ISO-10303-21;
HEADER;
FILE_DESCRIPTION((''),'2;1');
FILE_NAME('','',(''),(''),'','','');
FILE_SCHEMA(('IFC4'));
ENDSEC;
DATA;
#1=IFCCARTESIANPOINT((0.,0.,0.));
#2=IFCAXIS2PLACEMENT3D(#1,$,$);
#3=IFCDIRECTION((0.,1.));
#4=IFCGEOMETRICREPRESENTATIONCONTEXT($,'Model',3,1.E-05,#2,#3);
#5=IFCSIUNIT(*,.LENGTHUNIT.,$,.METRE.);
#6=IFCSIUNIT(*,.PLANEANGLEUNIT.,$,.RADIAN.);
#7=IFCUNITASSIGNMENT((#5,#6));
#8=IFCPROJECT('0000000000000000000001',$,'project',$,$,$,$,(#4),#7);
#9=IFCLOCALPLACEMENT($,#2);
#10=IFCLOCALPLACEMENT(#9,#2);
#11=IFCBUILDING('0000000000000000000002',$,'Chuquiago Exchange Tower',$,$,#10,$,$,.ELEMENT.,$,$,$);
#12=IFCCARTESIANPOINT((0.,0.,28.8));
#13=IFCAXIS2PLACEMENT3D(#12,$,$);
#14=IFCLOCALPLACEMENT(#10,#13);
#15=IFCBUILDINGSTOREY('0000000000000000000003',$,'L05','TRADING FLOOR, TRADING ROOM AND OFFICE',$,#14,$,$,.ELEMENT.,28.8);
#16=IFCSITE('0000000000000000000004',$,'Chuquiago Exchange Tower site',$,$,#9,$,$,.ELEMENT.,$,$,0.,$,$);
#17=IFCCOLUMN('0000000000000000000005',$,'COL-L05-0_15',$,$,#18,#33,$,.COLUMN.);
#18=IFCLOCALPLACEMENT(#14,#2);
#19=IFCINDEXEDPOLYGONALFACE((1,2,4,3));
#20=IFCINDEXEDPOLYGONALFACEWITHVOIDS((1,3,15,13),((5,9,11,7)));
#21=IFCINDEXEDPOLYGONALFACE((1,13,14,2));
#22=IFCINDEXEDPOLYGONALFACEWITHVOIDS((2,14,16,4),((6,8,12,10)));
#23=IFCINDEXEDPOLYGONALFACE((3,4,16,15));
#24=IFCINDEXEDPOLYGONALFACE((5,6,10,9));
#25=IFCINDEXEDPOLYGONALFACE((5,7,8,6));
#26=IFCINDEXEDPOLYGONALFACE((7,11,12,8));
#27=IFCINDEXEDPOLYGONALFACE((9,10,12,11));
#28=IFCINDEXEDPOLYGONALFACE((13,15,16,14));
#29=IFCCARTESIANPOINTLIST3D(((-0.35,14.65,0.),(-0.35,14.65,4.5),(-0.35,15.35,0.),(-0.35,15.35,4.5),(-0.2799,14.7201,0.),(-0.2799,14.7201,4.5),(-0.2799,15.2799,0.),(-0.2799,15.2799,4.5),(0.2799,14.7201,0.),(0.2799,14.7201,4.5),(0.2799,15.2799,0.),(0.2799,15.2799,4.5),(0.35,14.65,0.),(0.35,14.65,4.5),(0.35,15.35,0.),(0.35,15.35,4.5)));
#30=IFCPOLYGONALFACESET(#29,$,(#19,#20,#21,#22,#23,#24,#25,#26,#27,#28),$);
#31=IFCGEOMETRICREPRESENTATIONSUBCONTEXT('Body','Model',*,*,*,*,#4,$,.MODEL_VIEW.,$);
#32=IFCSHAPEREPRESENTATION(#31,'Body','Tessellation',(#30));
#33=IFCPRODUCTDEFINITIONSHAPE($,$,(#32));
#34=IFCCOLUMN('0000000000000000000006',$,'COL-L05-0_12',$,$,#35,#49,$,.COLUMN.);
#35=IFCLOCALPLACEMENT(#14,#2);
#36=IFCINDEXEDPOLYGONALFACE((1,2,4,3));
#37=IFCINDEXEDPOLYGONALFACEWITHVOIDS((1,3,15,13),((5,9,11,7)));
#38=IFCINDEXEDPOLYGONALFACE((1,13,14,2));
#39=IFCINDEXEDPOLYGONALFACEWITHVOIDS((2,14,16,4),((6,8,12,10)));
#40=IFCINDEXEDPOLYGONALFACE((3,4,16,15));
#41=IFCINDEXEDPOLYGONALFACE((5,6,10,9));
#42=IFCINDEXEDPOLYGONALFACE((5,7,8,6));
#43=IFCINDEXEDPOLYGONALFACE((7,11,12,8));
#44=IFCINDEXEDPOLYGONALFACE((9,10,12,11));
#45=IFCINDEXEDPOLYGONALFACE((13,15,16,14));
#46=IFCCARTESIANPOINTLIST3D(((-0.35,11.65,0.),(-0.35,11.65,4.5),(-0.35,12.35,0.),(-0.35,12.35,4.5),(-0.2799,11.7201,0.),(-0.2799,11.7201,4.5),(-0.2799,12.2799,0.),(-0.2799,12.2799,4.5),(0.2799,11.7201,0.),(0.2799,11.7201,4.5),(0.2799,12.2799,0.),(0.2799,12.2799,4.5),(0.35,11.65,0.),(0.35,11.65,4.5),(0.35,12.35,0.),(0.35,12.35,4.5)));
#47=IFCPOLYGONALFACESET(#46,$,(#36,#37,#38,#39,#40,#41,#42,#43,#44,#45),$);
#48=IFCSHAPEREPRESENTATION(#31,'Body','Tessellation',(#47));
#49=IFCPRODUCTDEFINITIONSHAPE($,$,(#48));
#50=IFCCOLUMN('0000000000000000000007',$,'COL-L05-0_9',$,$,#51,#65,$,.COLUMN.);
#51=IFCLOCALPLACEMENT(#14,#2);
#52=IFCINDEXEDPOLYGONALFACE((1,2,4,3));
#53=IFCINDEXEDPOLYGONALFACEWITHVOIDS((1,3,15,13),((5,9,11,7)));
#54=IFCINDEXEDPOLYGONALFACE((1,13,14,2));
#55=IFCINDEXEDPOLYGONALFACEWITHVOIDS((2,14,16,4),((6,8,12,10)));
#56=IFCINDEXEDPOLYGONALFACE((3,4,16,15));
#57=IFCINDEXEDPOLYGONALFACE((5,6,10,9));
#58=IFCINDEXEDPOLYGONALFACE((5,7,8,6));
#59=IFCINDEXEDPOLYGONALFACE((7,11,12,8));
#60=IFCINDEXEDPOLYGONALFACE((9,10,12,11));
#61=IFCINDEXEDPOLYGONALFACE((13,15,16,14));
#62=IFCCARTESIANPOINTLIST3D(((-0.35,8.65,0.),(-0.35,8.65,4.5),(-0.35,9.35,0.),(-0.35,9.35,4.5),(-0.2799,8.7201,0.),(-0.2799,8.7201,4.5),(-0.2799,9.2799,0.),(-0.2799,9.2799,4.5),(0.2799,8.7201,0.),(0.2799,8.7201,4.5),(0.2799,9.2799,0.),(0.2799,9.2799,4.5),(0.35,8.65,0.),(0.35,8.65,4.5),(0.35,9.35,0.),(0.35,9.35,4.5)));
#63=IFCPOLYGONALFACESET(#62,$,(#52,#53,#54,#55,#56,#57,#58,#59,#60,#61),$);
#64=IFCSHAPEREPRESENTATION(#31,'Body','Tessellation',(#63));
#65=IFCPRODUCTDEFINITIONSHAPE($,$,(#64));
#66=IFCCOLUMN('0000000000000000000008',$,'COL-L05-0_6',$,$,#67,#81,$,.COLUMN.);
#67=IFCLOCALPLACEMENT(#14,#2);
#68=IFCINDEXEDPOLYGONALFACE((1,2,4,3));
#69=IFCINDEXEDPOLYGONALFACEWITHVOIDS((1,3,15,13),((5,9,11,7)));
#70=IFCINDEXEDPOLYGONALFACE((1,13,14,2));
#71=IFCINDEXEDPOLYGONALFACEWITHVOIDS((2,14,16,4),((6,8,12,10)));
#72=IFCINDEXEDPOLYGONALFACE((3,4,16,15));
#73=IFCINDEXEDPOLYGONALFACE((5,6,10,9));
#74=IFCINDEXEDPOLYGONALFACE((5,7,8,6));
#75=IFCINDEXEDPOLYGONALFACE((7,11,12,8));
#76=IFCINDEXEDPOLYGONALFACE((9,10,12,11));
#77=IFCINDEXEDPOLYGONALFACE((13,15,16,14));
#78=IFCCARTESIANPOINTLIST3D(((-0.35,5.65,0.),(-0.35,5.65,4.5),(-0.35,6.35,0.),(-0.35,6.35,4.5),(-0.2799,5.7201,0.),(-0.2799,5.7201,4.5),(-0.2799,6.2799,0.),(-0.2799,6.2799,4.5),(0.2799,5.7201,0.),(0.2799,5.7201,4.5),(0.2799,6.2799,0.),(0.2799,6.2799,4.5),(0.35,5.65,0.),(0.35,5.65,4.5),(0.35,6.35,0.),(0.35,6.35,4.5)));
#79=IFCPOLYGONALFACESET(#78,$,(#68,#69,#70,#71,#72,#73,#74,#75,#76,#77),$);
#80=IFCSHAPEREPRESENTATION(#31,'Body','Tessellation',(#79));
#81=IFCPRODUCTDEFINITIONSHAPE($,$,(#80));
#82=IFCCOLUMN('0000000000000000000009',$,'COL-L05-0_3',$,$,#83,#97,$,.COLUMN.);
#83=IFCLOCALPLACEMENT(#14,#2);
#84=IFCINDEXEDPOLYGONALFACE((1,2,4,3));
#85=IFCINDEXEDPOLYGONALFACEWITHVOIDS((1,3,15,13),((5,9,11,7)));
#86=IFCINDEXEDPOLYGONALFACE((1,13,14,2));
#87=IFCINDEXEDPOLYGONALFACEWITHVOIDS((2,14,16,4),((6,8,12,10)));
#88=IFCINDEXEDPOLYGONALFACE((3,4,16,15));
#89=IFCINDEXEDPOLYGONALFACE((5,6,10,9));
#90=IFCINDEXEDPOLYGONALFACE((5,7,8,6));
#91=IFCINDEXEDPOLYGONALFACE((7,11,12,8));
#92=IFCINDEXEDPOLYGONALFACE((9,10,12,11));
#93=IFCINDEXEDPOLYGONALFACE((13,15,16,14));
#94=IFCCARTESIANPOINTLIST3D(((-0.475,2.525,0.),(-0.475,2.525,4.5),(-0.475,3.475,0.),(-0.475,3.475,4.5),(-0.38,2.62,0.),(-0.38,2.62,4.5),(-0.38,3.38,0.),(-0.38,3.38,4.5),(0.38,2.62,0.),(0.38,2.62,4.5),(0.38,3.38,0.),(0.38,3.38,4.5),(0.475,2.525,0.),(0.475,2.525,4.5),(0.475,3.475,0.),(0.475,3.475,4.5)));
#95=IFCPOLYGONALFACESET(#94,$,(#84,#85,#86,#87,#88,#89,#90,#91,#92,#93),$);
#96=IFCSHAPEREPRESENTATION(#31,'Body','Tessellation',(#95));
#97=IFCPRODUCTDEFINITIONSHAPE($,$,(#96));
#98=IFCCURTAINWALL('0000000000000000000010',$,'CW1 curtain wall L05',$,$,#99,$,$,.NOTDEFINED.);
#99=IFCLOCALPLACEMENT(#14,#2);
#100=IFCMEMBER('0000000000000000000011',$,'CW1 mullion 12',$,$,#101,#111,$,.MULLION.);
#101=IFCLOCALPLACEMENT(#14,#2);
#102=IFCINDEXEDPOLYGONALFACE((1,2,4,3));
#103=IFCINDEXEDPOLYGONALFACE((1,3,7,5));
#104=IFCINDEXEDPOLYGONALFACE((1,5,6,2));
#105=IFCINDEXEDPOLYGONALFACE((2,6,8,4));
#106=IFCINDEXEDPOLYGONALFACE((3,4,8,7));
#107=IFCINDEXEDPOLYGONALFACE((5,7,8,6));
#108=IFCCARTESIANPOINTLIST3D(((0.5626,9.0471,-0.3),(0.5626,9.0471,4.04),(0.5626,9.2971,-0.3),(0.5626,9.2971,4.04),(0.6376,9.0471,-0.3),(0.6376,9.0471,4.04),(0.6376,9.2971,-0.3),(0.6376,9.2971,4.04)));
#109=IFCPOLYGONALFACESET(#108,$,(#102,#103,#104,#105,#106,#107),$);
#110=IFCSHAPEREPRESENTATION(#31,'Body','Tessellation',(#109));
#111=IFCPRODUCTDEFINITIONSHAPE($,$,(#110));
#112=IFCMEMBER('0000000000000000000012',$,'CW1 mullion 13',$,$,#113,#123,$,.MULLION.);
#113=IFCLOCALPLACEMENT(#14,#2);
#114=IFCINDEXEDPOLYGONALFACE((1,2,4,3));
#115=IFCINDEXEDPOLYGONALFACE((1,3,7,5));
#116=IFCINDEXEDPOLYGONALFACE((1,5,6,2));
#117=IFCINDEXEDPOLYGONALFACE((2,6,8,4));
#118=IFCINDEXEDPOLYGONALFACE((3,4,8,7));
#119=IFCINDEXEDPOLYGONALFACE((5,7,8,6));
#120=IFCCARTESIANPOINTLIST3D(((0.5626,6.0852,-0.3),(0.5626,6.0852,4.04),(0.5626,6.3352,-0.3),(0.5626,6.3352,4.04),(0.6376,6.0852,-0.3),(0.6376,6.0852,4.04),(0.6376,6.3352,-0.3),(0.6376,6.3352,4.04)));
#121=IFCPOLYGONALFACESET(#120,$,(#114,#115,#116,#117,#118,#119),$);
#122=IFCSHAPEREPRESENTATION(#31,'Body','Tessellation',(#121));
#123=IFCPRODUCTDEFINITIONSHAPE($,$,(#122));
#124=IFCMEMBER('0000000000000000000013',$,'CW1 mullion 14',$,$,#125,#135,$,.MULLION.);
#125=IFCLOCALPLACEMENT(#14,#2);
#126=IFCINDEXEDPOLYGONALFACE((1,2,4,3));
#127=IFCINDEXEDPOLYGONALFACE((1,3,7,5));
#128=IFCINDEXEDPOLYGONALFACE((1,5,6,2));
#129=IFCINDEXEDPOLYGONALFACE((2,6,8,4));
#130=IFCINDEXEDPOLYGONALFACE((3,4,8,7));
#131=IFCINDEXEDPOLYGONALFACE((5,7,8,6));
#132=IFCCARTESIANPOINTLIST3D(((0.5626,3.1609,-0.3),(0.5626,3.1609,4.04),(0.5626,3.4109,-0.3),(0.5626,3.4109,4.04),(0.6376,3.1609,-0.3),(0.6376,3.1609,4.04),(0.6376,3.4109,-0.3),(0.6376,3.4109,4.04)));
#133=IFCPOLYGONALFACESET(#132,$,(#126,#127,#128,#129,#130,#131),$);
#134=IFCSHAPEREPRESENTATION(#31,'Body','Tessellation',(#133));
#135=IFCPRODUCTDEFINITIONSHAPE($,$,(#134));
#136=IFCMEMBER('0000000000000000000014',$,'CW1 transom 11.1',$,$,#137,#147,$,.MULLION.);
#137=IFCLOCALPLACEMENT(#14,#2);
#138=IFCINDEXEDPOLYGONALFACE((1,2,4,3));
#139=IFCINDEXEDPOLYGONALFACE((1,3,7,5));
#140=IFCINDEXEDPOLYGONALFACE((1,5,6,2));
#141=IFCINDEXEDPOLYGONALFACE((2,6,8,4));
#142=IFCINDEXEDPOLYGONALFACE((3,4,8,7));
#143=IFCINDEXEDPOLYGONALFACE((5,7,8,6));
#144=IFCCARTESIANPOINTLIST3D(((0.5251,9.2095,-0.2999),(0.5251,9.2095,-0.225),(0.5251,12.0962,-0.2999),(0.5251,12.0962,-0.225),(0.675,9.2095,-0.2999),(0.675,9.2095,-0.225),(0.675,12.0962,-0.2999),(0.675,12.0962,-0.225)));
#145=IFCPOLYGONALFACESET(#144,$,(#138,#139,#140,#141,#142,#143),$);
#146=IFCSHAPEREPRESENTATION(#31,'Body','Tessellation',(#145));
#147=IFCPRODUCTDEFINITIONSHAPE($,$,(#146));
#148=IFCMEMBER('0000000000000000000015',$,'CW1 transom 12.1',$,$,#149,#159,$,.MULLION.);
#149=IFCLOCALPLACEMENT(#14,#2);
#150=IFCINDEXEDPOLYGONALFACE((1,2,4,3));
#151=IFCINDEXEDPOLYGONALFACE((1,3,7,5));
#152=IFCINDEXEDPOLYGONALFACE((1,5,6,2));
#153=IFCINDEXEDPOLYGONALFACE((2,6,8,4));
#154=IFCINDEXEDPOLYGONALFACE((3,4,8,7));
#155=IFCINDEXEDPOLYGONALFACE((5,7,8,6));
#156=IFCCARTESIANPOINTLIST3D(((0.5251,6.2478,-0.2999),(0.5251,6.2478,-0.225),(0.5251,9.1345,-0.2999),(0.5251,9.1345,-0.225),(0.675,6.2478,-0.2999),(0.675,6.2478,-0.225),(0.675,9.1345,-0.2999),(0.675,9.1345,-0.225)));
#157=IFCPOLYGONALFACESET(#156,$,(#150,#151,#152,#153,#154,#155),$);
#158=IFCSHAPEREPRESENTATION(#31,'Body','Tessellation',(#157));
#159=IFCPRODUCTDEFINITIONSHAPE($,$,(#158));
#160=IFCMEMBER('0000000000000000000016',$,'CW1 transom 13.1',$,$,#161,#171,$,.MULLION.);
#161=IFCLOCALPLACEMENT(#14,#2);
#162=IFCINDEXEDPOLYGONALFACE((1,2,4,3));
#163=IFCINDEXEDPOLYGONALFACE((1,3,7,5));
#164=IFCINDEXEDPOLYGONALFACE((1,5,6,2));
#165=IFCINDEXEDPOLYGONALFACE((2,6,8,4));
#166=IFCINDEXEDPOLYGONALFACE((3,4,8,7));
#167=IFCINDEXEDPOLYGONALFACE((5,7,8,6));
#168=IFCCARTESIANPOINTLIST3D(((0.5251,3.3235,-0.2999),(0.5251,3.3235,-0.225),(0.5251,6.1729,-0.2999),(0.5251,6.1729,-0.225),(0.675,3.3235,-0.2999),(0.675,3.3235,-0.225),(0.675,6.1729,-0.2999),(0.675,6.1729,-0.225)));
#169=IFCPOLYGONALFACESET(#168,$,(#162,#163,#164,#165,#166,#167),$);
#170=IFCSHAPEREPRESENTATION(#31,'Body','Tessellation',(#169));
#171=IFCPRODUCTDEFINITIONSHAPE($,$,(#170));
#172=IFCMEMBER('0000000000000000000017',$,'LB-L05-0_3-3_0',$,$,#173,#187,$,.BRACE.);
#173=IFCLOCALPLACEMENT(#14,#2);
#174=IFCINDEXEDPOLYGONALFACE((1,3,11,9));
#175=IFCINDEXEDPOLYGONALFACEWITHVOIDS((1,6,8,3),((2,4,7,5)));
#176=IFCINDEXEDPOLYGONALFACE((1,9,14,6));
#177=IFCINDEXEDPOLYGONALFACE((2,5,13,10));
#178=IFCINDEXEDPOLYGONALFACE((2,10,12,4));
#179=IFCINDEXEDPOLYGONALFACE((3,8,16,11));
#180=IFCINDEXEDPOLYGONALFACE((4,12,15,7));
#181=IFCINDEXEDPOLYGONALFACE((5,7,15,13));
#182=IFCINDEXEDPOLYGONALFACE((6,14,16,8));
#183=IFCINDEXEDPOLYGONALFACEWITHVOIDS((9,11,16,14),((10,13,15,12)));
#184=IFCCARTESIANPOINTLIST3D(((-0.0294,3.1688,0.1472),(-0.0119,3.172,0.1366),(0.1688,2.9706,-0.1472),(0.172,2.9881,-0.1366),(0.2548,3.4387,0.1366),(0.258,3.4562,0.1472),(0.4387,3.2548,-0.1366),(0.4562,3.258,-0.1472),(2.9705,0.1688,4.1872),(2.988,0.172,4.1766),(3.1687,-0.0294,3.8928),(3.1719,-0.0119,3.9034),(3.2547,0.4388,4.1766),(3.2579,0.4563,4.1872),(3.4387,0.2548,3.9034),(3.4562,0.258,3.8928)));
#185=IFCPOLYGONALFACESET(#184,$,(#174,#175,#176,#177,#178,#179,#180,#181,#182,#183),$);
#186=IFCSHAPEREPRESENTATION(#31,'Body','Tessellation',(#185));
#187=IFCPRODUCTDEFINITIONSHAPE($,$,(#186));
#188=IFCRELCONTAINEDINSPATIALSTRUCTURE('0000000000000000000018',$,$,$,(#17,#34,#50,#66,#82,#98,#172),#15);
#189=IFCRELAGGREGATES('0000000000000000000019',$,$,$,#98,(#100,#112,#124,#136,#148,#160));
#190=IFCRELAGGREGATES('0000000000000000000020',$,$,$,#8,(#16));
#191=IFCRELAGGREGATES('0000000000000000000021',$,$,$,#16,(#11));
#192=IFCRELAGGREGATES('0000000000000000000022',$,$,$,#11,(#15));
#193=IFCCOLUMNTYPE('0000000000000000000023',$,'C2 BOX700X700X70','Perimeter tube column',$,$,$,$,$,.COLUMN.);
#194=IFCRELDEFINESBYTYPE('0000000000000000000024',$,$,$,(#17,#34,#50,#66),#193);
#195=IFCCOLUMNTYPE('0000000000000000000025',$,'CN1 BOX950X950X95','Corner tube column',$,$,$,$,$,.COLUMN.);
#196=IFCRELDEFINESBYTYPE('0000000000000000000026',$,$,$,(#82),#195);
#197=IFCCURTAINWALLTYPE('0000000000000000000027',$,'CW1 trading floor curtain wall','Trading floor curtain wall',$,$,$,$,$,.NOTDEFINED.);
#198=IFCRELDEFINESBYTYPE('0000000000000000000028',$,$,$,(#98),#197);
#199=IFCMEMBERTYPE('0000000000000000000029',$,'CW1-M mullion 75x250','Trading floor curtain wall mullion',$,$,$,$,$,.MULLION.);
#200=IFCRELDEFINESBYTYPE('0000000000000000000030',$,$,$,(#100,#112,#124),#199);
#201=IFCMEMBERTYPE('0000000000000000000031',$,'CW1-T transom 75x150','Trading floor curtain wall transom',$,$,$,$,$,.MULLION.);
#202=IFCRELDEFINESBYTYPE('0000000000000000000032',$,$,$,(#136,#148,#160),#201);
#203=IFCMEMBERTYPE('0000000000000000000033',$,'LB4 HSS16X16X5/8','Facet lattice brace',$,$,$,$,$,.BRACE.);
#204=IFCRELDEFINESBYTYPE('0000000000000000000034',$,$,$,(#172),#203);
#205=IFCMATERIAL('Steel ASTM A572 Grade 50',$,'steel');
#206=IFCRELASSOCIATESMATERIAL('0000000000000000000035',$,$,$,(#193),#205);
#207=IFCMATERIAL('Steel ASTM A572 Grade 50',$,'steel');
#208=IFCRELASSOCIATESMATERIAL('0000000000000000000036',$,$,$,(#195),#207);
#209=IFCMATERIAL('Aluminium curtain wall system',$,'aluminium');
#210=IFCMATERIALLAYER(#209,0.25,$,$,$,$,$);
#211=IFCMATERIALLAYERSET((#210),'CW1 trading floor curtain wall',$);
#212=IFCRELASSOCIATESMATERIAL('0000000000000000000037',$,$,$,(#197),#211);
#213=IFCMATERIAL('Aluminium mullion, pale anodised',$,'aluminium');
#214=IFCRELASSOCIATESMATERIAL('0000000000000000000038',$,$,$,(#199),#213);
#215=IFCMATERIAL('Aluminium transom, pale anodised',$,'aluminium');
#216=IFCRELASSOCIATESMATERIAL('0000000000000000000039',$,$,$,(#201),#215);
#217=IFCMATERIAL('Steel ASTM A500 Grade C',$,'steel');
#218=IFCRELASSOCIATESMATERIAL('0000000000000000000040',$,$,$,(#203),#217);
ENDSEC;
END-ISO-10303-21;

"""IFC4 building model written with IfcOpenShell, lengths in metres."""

from ifc_helpers import new_model, si_unit, direction, frame, origin, origin_2d, place, context, subcontext, project, spatial, rectangle, hollow_rectangle, extrude, material, layer, layer_set, material_profile, profile_set, type_object, element, aggregate, save


model = new_model("IFC4")

# Units and contexts
model_context = context("Model", 3, precision=1e-05, world=origin(), true_north=direction((0.0, 1.0)))
body_context = subcontext(model_context, "Body", "Model", "MODEL_VIEW")
ifc_project = project(units=[si_unit("LENGTHUNIT", "METRE"), si_unit("PLANEANGLEUNIT", "RADIAN")], contexts=[model_context])

# Site, building, storey
site_placement = place(None, origin())
site = spatial("IfcSite", under=ifc_project, at=site_placement, Name="Chuquiago Exchange Tower site", CompositionType="ELEMENT", RefElevation=0.0)
building_placement = place(site_placement, origin())
building = spatial("IfcBuilding", under=site, at=building_placement, Name="Chuquiago Exchange Tower", CompositionType="ELEMENT")
storey_placement = place(building_placement, frame((0.0, 0.0, 28.8)))
storey = spatial("IfcBuildingStorey", under=building, at=storey_placement, Name="L05", Description="TRADING FLOOR, TRADING ROOM AND OFFICE", CompositionType="ELEMENT", Elevation=28.8)

# Columns
ifc_material_1 = material(Name="Steel ASTM A572 Grade 50", Category="steel")
ifc_material_profile_1 = material_profile(ifc_material_1, hollow_rectangle(XDim=0.7, YDim=0.7, WallThickness=0.0701, at=origin_2d()), Name="BOX700X700X70")
ifc_profile_set_1 = profile_set([ifc_material_profile_1], Name="Steel ASTM A572 Grade 50")
column_type_1 = type_object("IfcColumnType", Name="C2 BOX700X700X70", Description="Perimeter tube column", PredefinedType="COLUMN", material=ifc_profile_set_1)
for number, where, z_axis, x_axis, name in (
    (1, (0.0, 15.0, 0.0), (0.0, 0.0, 1.0), (-1.0, 0.0, 0.0), "COL-L05-0_15"),
    (2, (0.0, 12.0, 0.0), (0.0, 0.0, 1.0), (-1.0, 0.0, 0.0), "COL-L05-0_12"),
    (3, (0.0, 9.0, 0.0), (0.0, 0.0, 1.0), (-1.0, 0.0, 0.0), "COL-L05-0_9"),
    (4, (0.0, 6.0, 0.0), (0.0, 0.0, 1.0), (-1.0, 0.0, 0.0), "COL-L05-0_6"),
):
    element("IfcColumn", number, at=place(storey_placement, frame(where, z_axis=z_axis, x_axis=x_axis)), inside=storey, type_object=column_type_1, Name=name, PredefinedType="COLUMN", context=body_context, shape_type="SweptSolid", body=[
        extrude(hollow_rectangle(XDim=0.7, YDim=0.7, WallThickness=0.0701, at=origin_2d()), origin(), (0.0, 0.0, 1.0), 4.5),
    ])
ifc_material_2 = material(Name="Steel ASTM A572 Grade 50", Category="steel")
ifc_material_profile_2 = material_profile(ifc_material_2, hollow_rectangle(XDim=0.95, YDim=0.95, WallThickness=0.095, at=origin_2d()), Name="BOX950X950X95")
ifc_profile_set_2 = profile_set([ifc_material_profile_2], Name="Steel ASTM A572 Grade 50")
column_type_2 = type_object("IfcColumnType", Name="CN1 BOX950X950X95", Description="Corner tube column", PredefinedType="COLUMN", material=ifc_profile_set_2)
column_placement = place(storey_placement, frame((0.0, 3.0, 0.0), z_axis=(0.0, 0.0, 1.0), x_axis=(-1.0, 0.0, 0.0)))
element("IfcColumn", 5, at=column_placement, inside=storey, type_object=column_type_2, Name="COL-L05-0_3", PredefinedType="COLUMN", context=body_context, shape_type="SweptSolid", body=[
    extrude(hollow_rectangle(XDim=0.95, YDim=0.95, WallThickness=0.095, at=origin_2d()), origin(), (0.0, 0.0, 1.0), 4.5),
])

# Curtain wall, members
ifc_material_3 = material(Name="Aluminium curtain wall system", Category="aluminium")
ifc_layer_1 = layer(ifc_material_3, 0.25)
ifc_layer_set_1 = layer_set([ifc_layer_1], Name="CW1 trading floor curtain wall")
curtain_wall_type = type_object("IfcCurtainWallType", Name="CW1 trading floor curtain wall", Description="Trading floor curtain wall", PredefinedType="NOTDEFINED", material=ifc_layer_set_1)
curtain_wall_placement = place(storey_placement, origin())
curtain_wall = element("IfcCurtainWall", 6, at=curtain_wall_placement, inside=storey, type_object=curtain_wall_type, Name="CW1 curtain wall L05", PredefinedType="NOTDEFINED")
ifc_material_4 = material(Name="Aluminium mullion, pale anodised", Category="aluminium")
ifc_material_profile_3 = material_profile(ifc_material_4, rectangle(XDim=0.075, YDim=0.25, at=origin_2d()), Name="AL 75x250")
ifc_profile_set_3 = profile_set([ifc_material_profile_3], Name="Aluminium mullion, pale anodised")
member_type_1 = type_object("IfcMemberType", Name="CW1-M mullion 75x250", Description="Trading floor curtain wall mullion", PredefinedType="MULLION", material=ifc_profile_set_3)
member_1_placement = place(storey_placement, frame((0.6001, 9.1721, -0.3), z_axis=(0.0, 0.0, 1.0), x_axis=(1.0, 0.0, 0.0)))
member_1 = element("IfcMember", 7, at=member_1_placement, type_object=member_type_1, Name="CW1 mullion 12", PredefinedType="MULLION", context=body_context, shape_type="SweptSolid", body=[
    extrude(rectangle(XDim=0.075, YDim=0.25, at=origin_2d()), origin(), (0.0, 0.0, 1.0), 4.3401),
])
member_2_placement = place(storey_placement, frame((0.6001, 6.2102, -0.3), z_axis=(0.0, 0.0, 1.0), x_axis=(1.0, 0.0, 0.0)))
member_2 = element("IfcMember", 8, at=member_2_placement, type_object=member_type_1, Name="CW1 mullion 13", PredefinedType="MULLION", context=body_context, shape_type="SweptSolid", body=[
    extrude(rectangle(XDim=0.075, YDim=0.25, at=origin_2d()), origin(), (0.0, 0.0, 1.0), 4.3401),
])
member_3_placement = place(storey_placement, frame((0.6001, 3.2859, -0.3), z_axis=(0.0, 0.0, 1.0), x_axis=(1.0, 0.0, 0.0)))
member_3 = element("IfcMember", 9, at=member_3_placement, type_object=member_type_1, Name="CW1 mullion 14", PredefinedType="MULLION", context=body_context, shape_type="SweptSolid", body=[
    extrude(rectangle(XDim=0.075, YDim=0.25, at=origin_2d()), origin(), (0.0, 0.0, 1.0), 4.3401),
])
ifc_material_5 = material(Name="Aluminium transom, pale anodised", Category="aluminium")
ifc_material_profile_4 = material_profile(ifc_material_5, rectangle(XDim=0.1499, YDim=0.075, at=origin_2d()), Name="AL 150x75")
ifc_profile_set_4 = profile_set([ifc_material_profile_4], Name="Aluminium transom, pale anodised")
member_type_2 = type_object("IfcMemberType", Name="CW1-T transom 75x150", Description="Trading floor curtain wall transom", PredefinedType="MULLION", material=ifc_profile_set_4)
member_4_placement = place(storey_placement, frame((0.6001, 12.0962, -0.2625), z_axis=(0.0, -1.0, 0.0), x_axis=(1.0, 0.0, 0.0)))
member_4 = element("IfcMember", 10, at=member_4_placement, type_object=member_type_2, Name="CW1 transom 11.1", PredefinedType="MULLION", context=body_context, shape_type="SweptSolid", body=[
    extrude(rectangle(XDim=0.1499, YDim=0.075, at=origin_2d()), origin(), (0.0, 0.0, 1.0), 2.8867),
])
member_5_placement = place(storey_placement, frame((0.6001, 9.1345, -0.2625), z_axis=(0.0, -1.0, 0.0), x_axis=(1.0, 0.0, 0.0)))
member_5 = element("IfcMember", 11, at=member_5_placement, type_object=member_type_2, Name="CW1 transom 12.1", PredefinedType="MULLION", context=body_context, shape_type="SweptSolid", body=[
    extrude(rectangle(XDim=0.1499, YDim=0.075, at=origin_2d()), origin(), (0.0, 0.0, 1.0), 2.8867),
])
member_6_placement = place(storey_placement, frame((0.6001, 6.1729, -0.2625), z_axis=(0.0, -1.0, 0.0), x_axis=(1.0, 0.0, 0.0)))
member_6 = element("IfcMember", 12, at=member_6_placement, type_object=member_type_2, Name="CW1 transom 13.1", PredefinedType="MULLION", context=body_context, shape_type="SweptSolid", body=[
    extrude(rectangle(XDim=0.1499, YDim=0.075, at=origin_2d()), origin(), (0.0, 0.0, 1.0), 2.8494),
])

# Member
ifc_material_6 = material(Name="Steel ASTM A500 Grade C", Category="steel")
ifc_material_profile_5 = material_profile(ifc_material_6, hollow_rectangle(XDim=0.4065, YDim=0.4065, WallThickness=0.0146, at=origin_2d()), Name="HSS16X16X5/8")
ifc_profile_set_5 = profile_set([ifc_material_profile_5], Name="Steel ASTM A500 Grade C")
member_type_3 = type_object("IfcMemberType", Name="LB4 HSS16X16X5/8", Description="Facet lattice brace", PredefinedType="BRACE", material=ifc_profile_set_5)
member_7_placement = place(storey_placement, frame((0.2134, 3.2134, 0.0), z_axis=(0.512077, -0.512077, 0.689604), x_axis=(0.707107, 0.707107, 0.0)))
element("IfcMember", 13, at=member_7_placement, inside=storey, type_object=member_type_3, Name="LB-L05-0_3-3_0", PredefinedType="BRACE", context=body_context, shape_type="SweptSolid", body=[
    extrude(hollow_rectangle(XDim=0.4065, YDim=0.4065, WallThickness=0.0146, at=origin_2d()), origin(), (0.0, 0.0, 1.0), 5.8584),
])

aggregate(curtain_wall, [member_1, member_2, member_3, member_4, member_5, member_6])

save(model, "model.ifc")
